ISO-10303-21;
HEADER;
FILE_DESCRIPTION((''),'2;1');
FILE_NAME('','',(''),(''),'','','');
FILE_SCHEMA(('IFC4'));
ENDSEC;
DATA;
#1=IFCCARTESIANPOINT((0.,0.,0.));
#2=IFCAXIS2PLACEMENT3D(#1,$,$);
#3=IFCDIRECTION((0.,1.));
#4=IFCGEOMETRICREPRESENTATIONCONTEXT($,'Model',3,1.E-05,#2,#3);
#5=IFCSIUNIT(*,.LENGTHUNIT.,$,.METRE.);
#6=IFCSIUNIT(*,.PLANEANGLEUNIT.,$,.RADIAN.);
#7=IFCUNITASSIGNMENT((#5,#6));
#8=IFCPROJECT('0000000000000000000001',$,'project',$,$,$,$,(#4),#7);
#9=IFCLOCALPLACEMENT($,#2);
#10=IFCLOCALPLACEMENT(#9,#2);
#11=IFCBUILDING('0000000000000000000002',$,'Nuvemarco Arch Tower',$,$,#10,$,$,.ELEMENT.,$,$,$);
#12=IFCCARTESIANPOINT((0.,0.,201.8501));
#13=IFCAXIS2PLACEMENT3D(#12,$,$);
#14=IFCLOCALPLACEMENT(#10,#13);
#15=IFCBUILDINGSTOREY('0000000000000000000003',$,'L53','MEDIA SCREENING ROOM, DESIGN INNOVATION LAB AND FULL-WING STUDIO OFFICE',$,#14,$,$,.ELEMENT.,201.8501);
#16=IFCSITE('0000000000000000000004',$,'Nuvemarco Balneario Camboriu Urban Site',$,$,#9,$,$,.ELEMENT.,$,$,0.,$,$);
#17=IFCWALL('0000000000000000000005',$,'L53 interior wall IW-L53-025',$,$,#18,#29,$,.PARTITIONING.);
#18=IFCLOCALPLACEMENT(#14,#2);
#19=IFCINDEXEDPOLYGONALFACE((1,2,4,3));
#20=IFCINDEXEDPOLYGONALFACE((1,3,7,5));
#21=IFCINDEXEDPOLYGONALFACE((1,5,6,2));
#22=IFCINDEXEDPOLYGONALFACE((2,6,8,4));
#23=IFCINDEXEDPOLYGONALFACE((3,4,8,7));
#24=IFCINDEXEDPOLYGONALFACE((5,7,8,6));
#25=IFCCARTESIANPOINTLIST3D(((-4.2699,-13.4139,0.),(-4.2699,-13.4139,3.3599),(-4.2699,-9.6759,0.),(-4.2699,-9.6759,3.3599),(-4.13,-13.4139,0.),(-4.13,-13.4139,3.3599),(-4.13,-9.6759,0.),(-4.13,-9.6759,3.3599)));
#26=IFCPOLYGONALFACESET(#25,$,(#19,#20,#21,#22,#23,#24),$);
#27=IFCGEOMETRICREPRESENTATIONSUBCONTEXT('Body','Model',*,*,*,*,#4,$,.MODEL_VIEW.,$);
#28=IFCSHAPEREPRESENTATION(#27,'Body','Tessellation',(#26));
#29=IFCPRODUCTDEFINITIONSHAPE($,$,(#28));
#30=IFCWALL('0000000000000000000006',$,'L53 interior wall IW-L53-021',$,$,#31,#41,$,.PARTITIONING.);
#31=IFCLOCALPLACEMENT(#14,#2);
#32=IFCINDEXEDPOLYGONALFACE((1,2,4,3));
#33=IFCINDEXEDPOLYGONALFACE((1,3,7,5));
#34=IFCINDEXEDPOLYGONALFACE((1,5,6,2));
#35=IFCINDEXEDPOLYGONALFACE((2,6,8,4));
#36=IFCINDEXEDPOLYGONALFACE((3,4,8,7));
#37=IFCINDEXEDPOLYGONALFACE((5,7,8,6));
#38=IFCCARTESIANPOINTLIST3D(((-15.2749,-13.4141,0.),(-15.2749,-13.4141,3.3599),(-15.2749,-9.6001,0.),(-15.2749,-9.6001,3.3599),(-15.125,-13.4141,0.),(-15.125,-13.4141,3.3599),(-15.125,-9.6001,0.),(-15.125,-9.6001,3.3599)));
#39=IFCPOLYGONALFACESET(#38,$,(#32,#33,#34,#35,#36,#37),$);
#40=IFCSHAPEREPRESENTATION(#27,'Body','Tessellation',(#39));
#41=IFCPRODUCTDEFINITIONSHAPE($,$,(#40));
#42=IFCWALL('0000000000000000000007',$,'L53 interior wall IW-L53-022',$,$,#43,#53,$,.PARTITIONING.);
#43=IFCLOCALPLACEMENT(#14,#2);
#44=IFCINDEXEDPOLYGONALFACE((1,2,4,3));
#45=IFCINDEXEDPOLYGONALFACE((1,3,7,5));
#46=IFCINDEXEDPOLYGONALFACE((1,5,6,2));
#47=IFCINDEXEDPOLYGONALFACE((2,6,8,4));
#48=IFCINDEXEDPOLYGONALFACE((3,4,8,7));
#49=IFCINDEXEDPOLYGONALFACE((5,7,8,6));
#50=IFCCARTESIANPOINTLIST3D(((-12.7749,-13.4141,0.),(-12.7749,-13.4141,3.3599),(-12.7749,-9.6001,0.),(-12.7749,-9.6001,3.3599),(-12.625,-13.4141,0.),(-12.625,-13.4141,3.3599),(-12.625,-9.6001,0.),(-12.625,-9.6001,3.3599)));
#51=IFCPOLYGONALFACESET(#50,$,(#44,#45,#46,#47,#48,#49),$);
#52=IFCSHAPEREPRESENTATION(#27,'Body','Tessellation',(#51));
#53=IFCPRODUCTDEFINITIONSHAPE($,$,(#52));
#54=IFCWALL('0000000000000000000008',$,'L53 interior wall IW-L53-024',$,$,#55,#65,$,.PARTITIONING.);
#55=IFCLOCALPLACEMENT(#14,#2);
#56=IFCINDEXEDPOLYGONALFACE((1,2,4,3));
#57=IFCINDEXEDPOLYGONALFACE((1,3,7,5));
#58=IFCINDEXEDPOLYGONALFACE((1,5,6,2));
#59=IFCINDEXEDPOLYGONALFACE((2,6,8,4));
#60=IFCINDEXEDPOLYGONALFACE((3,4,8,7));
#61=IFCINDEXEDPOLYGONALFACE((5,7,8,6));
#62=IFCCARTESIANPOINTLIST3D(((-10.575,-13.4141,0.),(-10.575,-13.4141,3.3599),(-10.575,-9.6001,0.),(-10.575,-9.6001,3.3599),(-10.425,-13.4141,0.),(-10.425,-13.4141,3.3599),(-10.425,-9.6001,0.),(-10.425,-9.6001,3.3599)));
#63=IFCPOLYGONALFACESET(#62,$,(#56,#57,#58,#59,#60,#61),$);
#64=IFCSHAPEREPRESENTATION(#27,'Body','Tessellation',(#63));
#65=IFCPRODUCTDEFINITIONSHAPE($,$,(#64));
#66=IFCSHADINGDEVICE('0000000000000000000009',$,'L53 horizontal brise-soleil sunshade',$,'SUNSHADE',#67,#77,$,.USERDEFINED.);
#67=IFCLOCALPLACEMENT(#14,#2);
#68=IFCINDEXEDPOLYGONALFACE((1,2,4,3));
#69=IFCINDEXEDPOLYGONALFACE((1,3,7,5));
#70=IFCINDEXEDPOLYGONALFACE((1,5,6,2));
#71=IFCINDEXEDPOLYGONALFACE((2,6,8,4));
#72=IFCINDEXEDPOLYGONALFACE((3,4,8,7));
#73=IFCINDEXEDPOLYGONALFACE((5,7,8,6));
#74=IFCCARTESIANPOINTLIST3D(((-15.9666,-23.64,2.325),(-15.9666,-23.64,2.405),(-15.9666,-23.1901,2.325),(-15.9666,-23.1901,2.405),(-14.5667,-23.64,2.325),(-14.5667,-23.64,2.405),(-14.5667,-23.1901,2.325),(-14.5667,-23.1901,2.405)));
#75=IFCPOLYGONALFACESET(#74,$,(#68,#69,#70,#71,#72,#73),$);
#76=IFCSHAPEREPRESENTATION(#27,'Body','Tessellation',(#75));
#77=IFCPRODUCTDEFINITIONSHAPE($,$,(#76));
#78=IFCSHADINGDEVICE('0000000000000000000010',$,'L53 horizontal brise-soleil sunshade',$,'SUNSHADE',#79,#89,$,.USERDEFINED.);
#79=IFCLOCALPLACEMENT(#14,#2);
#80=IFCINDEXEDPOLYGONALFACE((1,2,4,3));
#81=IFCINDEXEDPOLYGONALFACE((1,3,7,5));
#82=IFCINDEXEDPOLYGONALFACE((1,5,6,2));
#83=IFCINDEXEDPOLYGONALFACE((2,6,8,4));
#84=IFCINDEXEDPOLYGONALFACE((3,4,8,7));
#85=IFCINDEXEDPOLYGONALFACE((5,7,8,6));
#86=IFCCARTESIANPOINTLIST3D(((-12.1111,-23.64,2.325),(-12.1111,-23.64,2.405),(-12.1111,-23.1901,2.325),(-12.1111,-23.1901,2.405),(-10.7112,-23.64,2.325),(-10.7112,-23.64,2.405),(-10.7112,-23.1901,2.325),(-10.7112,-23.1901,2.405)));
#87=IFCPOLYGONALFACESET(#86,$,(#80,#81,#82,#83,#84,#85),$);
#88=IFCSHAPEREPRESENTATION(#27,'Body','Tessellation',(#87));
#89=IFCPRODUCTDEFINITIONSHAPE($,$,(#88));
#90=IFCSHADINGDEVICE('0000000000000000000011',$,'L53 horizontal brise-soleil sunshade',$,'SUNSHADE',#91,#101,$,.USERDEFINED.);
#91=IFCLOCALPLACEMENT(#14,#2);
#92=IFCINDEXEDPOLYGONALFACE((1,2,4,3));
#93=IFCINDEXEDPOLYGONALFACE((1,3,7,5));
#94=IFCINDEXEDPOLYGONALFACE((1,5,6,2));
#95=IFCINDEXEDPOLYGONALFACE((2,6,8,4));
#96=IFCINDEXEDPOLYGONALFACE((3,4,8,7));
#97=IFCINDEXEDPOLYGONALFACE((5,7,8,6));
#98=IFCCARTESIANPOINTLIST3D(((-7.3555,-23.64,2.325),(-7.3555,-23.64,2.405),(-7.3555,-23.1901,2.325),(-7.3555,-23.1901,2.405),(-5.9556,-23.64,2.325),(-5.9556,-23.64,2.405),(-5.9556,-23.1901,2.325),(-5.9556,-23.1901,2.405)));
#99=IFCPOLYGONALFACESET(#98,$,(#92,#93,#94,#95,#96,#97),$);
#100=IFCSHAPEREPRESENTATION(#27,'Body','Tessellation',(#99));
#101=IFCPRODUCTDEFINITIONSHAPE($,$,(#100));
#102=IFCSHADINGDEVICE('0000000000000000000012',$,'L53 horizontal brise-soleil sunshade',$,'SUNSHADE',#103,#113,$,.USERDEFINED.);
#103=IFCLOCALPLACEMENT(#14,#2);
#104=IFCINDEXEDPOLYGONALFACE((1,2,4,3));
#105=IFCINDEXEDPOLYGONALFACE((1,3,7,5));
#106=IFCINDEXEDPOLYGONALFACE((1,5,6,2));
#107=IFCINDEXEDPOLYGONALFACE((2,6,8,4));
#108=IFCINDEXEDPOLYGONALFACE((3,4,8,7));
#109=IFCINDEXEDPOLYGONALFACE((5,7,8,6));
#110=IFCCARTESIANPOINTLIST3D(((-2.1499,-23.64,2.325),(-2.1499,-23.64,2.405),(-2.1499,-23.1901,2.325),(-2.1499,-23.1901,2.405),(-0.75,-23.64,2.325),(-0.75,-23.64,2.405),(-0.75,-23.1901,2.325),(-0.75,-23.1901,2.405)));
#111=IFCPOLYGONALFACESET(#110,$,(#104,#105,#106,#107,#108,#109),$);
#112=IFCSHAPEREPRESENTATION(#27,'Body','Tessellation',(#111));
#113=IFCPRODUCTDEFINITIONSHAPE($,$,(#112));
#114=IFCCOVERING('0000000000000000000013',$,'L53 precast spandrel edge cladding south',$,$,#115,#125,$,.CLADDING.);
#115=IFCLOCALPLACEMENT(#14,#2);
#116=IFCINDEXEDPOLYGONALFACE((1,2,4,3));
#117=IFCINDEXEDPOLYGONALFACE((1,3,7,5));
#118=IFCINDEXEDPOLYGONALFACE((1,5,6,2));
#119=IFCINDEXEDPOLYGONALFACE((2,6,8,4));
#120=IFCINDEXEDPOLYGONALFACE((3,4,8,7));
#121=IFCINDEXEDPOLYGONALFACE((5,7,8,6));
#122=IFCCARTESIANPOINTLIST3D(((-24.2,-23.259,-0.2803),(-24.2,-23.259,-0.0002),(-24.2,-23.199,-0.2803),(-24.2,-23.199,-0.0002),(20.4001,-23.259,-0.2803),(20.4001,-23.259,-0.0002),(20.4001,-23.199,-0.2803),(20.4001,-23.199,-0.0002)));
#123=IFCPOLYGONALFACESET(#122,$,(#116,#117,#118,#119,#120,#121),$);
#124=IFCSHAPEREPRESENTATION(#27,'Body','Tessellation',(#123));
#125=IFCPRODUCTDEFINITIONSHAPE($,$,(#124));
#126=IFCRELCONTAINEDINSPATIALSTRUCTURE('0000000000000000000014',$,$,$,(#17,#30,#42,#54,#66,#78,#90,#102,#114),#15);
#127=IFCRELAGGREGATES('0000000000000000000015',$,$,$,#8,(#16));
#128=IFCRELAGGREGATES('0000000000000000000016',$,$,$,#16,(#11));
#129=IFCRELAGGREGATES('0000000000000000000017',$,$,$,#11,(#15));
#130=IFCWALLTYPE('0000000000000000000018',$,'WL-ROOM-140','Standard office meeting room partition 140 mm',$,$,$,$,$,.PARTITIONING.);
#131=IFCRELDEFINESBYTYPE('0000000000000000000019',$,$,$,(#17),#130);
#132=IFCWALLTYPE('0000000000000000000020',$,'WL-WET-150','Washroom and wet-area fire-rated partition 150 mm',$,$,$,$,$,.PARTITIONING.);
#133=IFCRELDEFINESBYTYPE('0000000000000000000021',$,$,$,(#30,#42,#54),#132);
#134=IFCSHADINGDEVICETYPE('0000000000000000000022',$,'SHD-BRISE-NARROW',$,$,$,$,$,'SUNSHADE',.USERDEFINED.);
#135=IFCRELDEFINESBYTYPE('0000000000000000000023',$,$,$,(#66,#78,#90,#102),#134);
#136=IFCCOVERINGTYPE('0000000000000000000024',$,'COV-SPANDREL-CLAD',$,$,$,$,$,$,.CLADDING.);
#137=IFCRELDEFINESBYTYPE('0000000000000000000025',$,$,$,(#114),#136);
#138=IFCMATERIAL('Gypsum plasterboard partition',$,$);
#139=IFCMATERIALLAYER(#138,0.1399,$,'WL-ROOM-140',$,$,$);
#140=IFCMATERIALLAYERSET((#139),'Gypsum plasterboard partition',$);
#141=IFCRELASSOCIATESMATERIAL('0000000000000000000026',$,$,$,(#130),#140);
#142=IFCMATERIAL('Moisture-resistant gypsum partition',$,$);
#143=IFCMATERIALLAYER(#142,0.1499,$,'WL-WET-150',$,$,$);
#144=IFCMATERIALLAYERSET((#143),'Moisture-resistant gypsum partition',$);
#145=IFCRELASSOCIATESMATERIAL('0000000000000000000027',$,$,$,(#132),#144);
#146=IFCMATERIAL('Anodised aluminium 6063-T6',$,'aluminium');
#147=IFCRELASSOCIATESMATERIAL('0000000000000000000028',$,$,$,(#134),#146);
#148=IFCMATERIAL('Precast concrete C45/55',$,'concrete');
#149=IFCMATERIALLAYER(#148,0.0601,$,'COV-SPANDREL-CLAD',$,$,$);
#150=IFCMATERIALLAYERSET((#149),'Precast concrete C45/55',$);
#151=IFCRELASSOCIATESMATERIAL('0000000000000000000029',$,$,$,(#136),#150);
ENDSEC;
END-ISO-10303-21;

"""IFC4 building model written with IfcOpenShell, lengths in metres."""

from ifc_helpers import new_model, si_unit, direction, frame, frame_2d, origin, origin_2d, place, context, subcontext, project, spatial, rectangle, extrude, source, transform, mapped, material, layer, layer_set, type_object, type_shapes, element, save


model = new_model("IFC4")

# Units and contexts
model_context = context("Model", 3, precision=1e-05, world=origin(), true_north=direction((0.0, 1.0)))
body_context = subcontext(model_context, "Body", "Model", "MODEL_VIEW")
ifc_project = project(units=[si_unit("LENGTHUNIT", "METRE"), si_unit("PLANEANGLEUNIT", "RADIAN")], contexts=[model_context])

# Site, building, storey
site_placement = place(None, origin())
site = spatial("IfcSite", under=ifc_project, at=site_placement, Name="Nuvemarco Balneario Camboriu Urban Site", CompositionType="ELEMENT", RefElevation=0.0)
building_placement = place(site_placement, origin())
building = spatial("IfcBuilding", under=site, at=building_placement, Name="Nuvemarco Arch Tower", CompositionType="ELEMENT")
storey_placement = place(building_placement, frame((0.0, 0.0, 201.8501)))
storey = spatial("IfcBuildingStorey", under=building, at=storey_placement, Name="L53", Description="MEDIA SCREENING ROOM, DESIGN INNOVATION LAB AND FULL-WING STUDIO OFFICE", CompositionType="ELEMENT", Elevation=201.8501)

# Shared definitions
ifc_material_1 = material(Name="Precast concrete C45/55", Category="concrete")

# Walls
ifc_material_2 = material(Name="Gypsum plasterboard partition")
ifc_layer_1 = layer(ifc_material_2, 0.1399, Name="WL-ROOM-140")
ifc_layer_set_1 = layer_set([ifc_layer_1], Name="Gypsum plasterboard partition")
wall_type_1 = type_object("IfcWallType", Name="WL-ROOM-140", Description="Standard office meeting room partition 140 mm", PredefinedType="PARTITIONING", material=ifc_layer_set_1)
wall_placement = place(storey_placement, frame((-4.2, -13.4141, 0.0), z_axis=(0.0, 0.0, 1.0), x_axis=(0.0, 1.0, 0.0)))
element("IfcWall", 1, at=wall_placement, inside=storey, type_object=wall_type_1, Name="L53 interior wall IW-L53-025", PredefinedType="PARTITIONING", context=body_context, shape_type="SweptSolid", body=[
    extrude(rectangle(XDim=3.738, YDim=0.1399, at=frame_2d((1.8691, 0.0))), origin(), (0.0, 0.0, 1.0), 3.3599),
])
ifc_material_3 = material(Name="Moisture-resistant gypsum partition")
ifc_layer_2 = layer(ifc_material_3, 0.1499, Name="WL-WET-150")
ifc_layer_set_2 = layer_set([ifc_layer_2], Name="Moisture-resistant gypsum partition")
wall_type_2 = type_object("IfcWallType", Name="WL-WET-150", Description="Washroom and wet-area fire-rated partition 150 mm", PredefinedType="PARTITIONING", material=ifc_layer_set_2)
for number, where, z_axis, x_axis, name in (
    (2, (-15.2, -13.4141, 0.0), (0.0, 0.0, 1.0), (0.0, 1.0, 0.0), "L53 interior wall IW-L53-021"),
    (3, (-12.7, -13.4141, 0.0), (0.0, 0.0, 1.0), (0.0, 1.0, 0.0), "L53 interior wall IW-L53-022"),
    (4, (-10.5, -13.4141, 0.0), (0.0, 0.0, 1.0), (0.0, 1.0, 0.0), "L53 interior wall IW-L53-024"),
):
    element("IfcWall", number, at=place(storey_placement, frame(where, z_axis=z_axis, x_axis=x_axis)), inside=storey, type_object=wall_type_2, Name=name, PredefinedType="PARTITIONING", context=body_context, shape_type="SweptSolid", body=[
        extrude(rectangle(XDim=3.814, YDim=0.1499, at=frame_2d((1.907, 0.0))), origin(), (0.0, 0.0, 1.0), 3.3599),
    ])

# Shading devices
ifc_material_4 = material(Name="Anodised aluminium 6063-T6", Category="aluminium")
shading_device_type = type_object("IfcShadingDeviceType", Name="SHD-BRISE-NARROW", ElementType="SUNSHADE", PredefinedType="USERDEFINED", material=ifc_material_4)
shared_shape_1 = source(origin(), body_context, "Body", "SweptSolid", [
    extrude(rectangle(XDim=1.3999, YDim=0.45, at=origin_2d()), origin(), (0.0, 0.0, 1.0), 0.0801),
])
type_shapes(shading_device_type, [shared_shape_1])
for number, where, z_axis, x_axis, name in (
    (5, (-15.2666, -23.415, 2.325), (0.0, 0.0, 1.0), (1.0, 0.0, 0.0), "L53 horizontal brise-soleil sunshade"),
    (6, (-11.4111, -23.415, 2.325), (0.0, 0.0, 1.0), (1.0, 0.0, 0.0), "L53 horizontal brise-soleil sunshade"),
    (7, (-6.6555, -23.415, 2.325), (0.0, 0.0, 1.0), (1.0, 0.0, 0.0), "L53 horizontal brise-soleil sunshade"),
    (8, (-1.45, -23.415, 2.325), (0.0, 0.0, 1.0), (1.0, 0.0, 0.0), "L53 horizontal brise-soleil sunshade"),
):
    element("IfcShadingDevice", number, at=place(storey_placement, frame(where, z_axis=z_axis, x_axis=x_axis)), inside=storey, type_object=shading_device_type, Name=name, ObjectType="SUNSHADE", PredefinedType="USERDEFINED", context=body_context, shape_type="MappedRepresentation", body=[
        mapped(shared_shape_1, transform((0.0, 0.0, 0.0), scale=1.0)),
    ])

# Covering
ifc_layer_3 = layer(ifc_material_1, 0.0601, Name="COV-SPANDREL-CLAD")
ifc_layer_set_3 = layer_set([ifc_layer_3], Name="Precast concrete C45/55")
covering_type = type_object("IfcCoveringType", Name="COV-SPANDREL-CLAD", PredefinedType="CLADDING", material=ifc_layer_set_3)
shared_shape_2 = source(origin(), body_context, "Body", "SweptSolid", [
    extrude(rectangle(XDim=44.6001, YDim=0.0601, at=origin_2d()), origin(), (0.0, 0.0, 1.0), 0.28),
])
type_shapes(covering_type, [shared_shape_2])
covering_placement = place(storey_placement, frame((-1.8999, -23.229, -0.2803), z_axis=(0.0, 0.0, 1.0), x_axis=(1.0, 0.0, 0.0)))
element("IfcCovering", 9, at=covering_placement, inside=storey, type_object=covering_type, Name="L53 precast spandrel edge cladding south", PredefinedType="CLADDING", context=body_context, shape_type="MappedRepresentation", body=[
    mapped(shared_shape_2, transform((0.0, 0.0, 0.0), scale=1.0)),
])

save(model, "model.ifc")
